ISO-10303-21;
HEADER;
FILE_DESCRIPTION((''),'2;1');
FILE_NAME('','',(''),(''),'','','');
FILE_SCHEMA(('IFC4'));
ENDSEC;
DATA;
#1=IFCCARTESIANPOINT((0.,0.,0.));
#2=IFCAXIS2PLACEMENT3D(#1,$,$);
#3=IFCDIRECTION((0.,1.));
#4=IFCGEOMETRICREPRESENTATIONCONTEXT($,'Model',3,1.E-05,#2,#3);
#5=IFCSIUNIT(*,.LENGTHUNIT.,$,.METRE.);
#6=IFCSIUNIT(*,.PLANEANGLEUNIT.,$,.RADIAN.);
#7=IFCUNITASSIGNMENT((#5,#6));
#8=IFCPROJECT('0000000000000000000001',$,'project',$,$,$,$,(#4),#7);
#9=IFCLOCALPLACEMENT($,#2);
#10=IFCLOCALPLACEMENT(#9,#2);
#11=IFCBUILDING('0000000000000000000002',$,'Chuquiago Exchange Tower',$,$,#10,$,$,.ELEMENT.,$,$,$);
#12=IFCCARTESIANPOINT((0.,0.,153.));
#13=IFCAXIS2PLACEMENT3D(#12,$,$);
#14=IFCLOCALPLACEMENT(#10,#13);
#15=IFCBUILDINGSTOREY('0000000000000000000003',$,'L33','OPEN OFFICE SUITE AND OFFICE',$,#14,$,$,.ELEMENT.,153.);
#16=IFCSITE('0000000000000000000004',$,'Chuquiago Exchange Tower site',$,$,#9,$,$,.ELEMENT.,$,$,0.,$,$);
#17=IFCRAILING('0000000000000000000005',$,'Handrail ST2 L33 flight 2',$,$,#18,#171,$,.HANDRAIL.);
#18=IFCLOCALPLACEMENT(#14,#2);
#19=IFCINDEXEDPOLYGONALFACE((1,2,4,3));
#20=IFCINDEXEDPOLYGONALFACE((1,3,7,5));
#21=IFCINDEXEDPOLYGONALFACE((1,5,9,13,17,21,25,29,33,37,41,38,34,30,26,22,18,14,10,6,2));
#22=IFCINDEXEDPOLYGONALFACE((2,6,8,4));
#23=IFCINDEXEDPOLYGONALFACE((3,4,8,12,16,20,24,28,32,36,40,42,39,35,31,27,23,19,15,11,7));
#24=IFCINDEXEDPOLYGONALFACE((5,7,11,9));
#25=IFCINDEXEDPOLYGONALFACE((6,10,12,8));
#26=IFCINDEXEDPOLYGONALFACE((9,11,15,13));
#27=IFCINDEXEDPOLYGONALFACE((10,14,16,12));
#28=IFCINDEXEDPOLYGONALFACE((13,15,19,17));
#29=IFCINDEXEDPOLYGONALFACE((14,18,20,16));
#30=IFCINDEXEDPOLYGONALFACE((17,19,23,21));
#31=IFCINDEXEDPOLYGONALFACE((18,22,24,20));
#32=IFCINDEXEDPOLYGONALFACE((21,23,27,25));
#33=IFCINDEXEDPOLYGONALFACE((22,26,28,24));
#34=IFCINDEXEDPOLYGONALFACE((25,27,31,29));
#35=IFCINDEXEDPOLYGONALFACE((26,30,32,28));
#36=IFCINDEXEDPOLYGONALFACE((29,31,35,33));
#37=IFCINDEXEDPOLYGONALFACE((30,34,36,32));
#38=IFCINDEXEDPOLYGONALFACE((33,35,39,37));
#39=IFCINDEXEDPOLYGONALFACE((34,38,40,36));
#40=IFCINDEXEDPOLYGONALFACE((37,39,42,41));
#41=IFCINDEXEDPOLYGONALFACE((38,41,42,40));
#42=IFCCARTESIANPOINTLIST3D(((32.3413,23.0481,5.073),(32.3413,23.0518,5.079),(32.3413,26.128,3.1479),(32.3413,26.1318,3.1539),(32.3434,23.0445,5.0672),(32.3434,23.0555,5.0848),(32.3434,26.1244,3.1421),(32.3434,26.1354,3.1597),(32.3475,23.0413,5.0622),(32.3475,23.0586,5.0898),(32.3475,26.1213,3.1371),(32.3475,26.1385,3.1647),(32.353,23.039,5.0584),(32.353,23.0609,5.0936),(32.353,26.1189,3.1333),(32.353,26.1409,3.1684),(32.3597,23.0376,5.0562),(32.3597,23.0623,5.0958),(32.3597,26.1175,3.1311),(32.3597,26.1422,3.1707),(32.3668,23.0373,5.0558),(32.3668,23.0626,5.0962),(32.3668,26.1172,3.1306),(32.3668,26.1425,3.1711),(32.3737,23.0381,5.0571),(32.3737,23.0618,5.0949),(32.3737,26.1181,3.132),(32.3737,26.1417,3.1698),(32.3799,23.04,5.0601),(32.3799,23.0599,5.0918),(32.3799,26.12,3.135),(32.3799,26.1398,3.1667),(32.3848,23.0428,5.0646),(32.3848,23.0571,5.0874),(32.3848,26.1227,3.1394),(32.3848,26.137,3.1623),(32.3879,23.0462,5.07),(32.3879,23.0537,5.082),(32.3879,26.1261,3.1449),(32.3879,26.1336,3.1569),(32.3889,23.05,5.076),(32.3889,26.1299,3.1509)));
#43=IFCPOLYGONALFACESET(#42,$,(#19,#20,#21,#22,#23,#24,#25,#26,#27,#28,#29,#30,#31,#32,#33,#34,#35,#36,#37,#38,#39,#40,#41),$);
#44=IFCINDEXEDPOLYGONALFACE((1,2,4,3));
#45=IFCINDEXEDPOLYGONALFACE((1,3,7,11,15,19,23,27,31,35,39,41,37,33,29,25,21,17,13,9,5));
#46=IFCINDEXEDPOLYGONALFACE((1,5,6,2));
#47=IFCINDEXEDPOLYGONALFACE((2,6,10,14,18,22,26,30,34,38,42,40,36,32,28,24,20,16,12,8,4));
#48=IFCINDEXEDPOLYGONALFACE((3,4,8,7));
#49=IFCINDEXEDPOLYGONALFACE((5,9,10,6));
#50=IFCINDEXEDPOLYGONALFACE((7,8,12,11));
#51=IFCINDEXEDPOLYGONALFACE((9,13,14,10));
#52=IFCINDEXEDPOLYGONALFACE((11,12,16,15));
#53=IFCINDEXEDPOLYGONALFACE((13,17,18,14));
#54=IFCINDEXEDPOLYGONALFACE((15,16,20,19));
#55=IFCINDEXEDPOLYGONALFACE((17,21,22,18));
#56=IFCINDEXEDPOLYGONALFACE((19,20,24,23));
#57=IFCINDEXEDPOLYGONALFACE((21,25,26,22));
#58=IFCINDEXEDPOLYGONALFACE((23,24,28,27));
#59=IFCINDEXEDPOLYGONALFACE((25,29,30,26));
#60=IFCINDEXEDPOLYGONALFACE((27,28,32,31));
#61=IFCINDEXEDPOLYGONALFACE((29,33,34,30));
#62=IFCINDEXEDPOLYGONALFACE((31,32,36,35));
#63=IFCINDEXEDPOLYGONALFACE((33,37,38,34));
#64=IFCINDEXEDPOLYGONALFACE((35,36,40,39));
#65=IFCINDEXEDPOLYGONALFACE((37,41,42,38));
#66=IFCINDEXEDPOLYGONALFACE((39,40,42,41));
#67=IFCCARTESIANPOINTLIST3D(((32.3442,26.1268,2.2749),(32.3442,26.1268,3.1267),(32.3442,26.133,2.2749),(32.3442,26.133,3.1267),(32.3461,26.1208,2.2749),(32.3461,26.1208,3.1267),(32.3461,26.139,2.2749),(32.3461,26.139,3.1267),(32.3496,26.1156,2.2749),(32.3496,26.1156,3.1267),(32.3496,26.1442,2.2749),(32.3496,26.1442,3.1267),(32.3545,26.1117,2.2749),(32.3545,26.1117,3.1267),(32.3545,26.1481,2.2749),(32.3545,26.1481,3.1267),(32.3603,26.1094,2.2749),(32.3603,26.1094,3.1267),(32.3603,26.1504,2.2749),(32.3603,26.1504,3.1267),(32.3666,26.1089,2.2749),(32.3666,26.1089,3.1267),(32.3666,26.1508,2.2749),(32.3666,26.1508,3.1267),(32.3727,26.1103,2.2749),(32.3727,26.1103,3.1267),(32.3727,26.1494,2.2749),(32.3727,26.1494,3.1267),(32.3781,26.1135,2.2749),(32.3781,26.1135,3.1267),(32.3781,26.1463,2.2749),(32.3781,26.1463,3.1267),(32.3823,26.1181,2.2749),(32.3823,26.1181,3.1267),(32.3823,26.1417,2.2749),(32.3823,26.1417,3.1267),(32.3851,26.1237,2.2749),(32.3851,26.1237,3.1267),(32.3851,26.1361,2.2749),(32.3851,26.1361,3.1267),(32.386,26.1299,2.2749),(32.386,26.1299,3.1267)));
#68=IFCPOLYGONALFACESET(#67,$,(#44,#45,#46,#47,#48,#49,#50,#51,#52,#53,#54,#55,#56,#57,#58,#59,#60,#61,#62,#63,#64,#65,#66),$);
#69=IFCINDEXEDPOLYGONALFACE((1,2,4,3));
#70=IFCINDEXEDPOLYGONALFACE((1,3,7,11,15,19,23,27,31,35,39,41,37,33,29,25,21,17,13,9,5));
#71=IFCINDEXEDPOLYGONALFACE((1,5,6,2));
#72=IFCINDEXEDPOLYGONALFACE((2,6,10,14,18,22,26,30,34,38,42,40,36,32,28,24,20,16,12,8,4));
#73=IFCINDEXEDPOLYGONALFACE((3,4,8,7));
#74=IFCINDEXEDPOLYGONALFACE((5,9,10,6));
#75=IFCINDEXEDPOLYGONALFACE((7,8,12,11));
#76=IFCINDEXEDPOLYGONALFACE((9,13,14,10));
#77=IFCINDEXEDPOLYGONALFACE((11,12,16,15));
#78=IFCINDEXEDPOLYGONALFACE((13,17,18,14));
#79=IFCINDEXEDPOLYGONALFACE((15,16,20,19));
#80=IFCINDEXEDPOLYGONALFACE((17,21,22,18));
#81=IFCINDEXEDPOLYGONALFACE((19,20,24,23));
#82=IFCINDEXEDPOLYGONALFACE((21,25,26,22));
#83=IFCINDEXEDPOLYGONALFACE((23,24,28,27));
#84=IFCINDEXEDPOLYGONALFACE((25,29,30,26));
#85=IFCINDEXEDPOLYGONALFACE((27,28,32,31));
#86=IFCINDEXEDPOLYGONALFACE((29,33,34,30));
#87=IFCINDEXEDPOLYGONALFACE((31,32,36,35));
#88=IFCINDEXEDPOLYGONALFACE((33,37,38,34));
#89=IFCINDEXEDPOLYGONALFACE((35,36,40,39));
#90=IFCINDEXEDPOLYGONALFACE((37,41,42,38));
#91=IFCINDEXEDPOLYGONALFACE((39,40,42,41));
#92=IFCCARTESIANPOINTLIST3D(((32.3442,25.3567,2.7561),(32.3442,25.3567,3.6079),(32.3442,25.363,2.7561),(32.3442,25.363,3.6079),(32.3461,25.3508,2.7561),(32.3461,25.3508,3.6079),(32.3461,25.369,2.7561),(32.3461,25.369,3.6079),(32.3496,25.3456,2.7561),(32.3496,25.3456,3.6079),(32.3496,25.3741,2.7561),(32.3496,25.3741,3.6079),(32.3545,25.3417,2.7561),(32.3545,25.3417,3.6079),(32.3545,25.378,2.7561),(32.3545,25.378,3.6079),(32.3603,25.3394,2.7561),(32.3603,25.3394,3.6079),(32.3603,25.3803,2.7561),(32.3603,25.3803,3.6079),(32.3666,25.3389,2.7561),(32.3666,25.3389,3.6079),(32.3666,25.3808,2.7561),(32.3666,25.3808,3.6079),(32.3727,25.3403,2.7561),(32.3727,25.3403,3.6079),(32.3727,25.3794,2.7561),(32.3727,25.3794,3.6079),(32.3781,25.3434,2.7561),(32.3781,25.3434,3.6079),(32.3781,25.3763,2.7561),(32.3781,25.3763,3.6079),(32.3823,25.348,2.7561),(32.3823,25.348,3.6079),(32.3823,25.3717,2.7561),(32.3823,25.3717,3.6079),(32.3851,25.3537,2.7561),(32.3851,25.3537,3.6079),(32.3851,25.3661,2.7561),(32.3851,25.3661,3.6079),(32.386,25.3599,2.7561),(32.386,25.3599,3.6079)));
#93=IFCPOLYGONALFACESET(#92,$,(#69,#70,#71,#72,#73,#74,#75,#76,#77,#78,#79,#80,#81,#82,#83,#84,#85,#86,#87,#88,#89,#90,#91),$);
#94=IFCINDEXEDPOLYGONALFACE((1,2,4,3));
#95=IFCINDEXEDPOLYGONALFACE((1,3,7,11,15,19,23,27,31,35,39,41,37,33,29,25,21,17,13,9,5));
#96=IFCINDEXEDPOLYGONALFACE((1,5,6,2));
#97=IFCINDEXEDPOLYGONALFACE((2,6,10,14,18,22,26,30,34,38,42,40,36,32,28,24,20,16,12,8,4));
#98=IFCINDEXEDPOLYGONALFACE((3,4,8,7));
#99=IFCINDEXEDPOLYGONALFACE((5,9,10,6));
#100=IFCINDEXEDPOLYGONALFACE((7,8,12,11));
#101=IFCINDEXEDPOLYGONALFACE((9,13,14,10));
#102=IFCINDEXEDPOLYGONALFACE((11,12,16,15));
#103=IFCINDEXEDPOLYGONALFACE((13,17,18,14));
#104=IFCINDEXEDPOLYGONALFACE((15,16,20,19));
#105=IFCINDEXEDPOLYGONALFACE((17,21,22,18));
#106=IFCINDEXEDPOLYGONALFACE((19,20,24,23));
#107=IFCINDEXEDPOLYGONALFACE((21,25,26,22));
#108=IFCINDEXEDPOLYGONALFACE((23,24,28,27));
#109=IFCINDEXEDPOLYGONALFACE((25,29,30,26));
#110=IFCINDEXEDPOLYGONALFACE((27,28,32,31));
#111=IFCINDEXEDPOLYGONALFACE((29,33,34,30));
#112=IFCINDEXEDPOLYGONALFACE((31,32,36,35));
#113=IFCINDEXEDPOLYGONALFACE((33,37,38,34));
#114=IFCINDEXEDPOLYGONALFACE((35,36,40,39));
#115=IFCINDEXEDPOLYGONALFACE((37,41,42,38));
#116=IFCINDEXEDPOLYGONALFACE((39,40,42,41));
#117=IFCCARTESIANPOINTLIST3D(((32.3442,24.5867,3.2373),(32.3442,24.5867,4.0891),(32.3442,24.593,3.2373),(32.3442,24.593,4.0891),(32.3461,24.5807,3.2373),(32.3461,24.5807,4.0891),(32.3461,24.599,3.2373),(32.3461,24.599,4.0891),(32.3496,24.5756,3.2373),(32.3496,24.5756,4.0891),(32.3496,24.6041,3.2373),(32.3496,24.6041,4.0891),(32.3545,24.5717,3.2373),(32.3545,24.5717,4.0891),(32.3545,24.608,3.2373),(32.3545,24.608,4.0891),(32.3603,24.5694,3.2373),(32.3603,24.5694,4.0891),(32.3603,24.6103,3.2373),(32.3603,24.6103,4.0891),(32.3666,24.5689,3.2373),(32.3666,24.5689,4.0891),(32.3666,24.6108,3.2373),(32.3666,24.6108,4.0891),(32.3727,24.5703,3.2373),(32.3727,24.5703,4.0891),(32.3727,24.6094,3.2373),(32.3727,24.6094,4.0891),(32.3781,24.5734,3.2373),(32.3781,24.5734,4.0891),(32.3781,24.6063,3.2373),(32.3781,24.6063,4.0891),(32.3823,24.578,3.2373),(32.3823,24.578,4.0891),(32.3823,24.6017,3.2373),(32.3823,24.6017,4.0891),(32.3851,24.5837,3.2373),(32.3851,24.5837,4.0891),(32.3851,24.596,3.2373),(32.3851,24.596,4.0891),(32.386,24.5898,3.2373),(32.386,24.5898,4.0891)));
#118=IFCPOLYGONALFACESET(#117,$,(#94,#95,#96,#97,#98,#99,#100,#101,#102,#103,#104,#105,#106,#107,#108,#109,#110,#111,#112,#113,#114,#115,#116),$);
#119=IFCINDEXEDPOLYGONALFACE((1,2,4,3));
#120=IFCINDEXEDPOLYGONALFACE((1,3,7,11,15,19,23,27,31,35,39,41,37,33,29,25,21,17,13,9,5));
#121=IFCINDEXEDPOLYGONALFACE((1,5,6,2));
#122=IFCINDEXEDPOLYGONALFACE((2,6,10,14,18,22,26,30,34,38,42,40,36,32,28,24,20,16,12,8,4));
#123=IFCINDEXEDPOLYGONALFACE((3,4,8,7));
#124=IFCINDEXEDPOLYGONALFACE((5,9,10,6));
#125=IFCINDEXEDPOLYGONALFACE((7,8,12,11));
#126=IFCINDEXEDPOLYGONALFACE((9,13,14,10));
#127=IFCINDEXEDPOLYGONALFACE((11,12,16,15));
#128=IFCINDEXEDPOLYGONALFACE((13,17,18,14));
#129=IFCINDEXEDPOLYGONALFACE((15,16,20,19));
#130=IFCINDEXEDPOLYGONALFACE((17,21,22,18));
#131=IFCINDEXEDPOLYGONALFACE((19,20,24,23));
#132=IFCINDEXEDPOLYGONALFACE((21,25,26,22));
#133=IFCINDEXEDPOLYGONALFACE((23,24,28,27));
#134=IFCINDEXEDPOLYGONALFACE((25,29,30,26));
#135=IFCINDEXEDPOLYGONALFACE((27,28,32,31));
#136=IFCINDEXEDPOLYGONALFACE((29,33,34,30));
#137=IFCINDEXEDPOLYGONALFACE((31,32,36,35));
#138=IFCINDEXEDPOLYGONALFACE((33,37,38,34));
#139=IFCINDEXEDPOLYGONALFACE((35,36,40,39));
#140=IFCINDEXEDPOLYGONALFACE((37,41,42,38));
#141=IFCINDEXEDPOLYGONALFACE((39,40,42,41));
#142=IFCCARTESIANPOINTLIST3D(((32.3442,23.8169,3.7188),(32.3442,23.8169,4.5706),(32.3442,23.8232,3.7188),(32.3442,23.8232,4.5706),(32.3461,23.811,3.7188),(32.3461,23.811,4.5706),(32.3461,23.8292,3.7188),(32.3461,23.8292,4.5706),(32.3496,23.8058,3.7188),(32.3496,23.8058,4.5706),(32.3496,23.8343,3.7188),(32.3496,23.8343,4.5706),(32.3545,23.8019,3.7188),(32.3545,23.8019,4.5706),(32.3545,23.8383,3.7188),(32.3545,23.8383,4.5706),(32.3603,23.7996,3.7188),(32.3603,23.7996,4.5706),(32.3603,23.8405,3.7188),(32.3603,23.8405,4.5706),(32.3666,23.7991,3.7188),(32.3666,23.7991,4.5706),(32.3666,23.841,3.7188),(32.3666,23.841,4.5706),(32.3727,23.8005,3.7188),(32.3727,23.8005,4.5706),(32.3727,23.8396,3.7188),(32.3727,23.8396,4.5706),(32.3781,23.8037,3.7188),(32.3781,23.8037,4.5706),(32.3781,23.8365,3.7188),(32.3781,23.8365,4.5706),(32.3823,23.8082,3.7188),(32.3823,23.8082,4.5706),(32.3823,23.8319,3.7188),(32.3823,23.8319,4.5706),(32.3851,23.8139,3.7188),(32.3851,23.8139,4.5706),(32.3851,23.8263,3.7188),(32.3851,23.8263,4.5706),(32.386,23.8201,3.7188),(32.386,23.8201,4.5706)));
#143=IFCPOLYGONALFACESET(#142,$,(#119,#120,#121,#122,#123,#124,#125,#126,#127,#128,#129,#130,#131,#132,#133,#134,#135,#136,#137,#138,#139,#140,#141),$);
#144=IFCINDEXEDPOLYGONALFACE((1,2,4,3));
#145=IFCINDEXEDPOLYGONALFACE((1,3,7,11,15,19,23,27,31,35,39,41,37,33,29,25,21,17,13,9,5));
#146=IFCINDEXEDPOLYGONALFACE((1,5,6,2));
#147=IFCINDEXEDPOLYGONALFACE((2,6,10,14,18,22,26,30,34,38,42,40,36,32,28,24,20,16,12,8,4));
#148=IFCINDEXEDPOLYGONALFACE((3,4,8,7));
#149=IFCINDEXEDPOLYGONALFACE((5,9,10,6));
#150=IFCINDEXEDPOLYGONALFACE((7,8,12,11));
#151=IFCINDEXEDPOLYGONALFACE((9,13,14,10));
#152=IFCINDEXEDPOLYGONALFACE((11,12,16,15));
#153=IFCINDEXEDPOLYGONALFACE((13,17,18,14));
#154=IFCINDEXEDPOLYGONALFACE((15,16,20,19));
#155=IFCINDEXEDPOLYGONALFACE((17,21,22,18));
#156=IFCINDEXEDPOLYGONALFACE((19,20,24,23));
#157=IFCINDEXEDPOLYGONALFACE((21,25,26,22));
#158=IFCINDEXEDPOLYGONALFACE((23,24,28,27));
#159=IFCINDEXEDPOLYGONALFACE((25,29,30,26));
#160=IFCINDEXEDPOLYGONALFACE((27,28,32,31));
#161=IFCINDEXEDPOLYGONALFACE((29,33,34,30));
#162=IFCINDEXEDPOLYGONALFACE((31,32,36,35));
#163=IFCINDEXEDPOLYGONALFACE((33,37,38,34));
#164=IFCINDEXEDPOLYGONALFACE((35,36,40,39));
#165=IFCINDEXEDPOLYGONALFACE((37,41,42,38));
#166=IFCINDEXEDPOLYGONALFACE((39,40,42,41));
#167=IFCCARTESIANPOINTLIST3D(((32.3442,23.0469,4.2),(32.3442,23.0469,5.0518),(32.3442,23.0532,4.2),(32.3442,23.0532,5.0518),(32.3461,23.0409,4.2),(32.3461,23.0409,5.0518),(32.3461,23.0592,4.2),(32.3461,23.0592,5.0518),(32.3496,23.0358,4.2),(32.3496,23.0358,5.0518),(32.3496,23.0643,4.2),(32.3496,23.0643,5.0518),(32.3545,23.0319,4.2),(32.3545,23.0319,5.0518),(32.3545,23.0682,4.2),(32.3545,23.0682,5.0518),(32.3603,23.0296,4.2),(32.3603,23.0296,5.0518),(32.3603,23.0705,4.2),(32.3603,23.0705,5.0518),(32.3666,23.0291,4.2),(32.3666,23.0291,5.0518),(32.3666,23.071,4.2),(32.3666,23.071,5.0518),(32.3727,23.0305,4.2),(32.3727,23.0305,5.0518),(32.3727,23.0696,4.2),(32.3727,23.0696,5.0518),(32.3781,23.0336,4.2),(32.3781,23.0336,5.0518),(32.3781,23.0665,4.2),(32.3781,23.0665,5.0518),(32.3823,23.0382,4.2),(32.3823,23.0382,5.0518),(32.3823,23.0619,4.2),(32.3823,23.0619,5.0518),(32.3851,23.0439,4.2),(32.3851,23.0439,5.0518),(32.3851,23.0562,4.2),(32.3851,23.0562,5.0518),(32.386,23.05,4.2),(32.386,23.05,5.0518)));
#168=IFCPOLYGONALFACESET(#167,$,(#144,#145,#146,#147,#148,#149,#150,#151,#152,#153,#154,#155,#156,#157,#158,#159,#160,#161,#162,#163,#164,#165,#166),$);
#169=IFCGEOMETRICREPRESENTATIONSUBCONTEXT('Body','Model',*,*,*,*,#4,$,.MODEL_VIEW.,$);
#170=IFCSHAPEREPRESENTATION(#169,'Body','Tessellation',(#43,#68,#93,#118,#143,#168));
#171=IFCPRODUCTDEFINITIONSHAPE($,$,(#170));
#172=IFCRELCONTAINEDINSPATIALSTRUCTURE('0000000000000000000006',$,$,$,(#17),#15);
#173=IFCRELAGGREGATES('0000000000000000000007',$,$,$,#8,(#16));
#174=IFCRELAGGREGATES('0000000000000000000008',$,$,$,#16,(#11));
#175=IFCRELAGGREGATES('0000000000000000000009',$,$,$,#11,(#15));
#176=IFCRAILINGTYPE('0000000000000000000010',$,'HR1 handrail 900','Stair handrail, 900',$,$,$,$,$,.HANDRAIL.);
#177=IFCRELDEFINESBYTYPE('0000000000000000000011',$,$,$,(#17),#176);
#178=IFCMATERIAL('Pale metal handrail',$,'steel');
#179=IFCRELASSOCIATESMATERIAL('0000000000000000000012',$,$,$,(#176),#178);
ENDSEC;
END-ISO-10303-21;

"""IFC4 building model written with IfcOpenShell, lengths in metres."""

from ifc_helpers import new_model, si_unit, direction, frame, origin, origin_2d, place, context, subcontext, project, spatial, circle, extrude, material, type_object, element, save


model = new_model("IFC4")

# Units and contexts
model_context = context("Model", 3, precision=1e-05, world=origin(), true_north=direction((0.0, 1.0)))
body_context = subcontext(model_context, "Body", "Model", "MODEL_VIEW")
ifc_project = project(units=[si_unit("LENGTHUNIT", "METRE"), si_unit("PLANEANGLEUNIT", "RADIAN")], contexts=[model_context])

# Site, building, storey
site_placement = place(None, origin())
site = spatial("IfcSite", under=ifc_project, at=site_placement, Name="Chuquiago Exchange Tower site", CompositionType="ELEMENT", RefElevation=0.0)
building_placement = place(site_placement, origin())
building = spatial("IfcBuilding", under=site, at=building_placement, Name="Chuquiago Exchange Tower", CompositionType="ELEMENT")
storey_placement = place(building_placement, frame((0.0, 0.0, 153.0)))
storey = spatial("IfcBuildingStorey", under=building, at=storey_placement, Name="L33", Description="OPEN OFFICE SUITE AND OFFICE", CompositionType="ELEMENT", Elevation=153.0)

# Railing
ifc_material_1 = material(Name="Pale metal handrail", Category="steel")
railing_type_1 = type_object("IfcRailingType", Name="HR1 handrail 900", Description="Stair handrail, 900", PredefinedType="HANDRAIL", material=ifc_material_1)
for number, where, name in (
    (1, (32.365, 26.1299, 2.2749), "Handrail ST2 L33 flight 2"),
):
    element("IfcRailing", number, at=place(storey_placement, frame(where)), inside=storey, type_object=railing_type_1, Name=name, PredefinedType="HANDRAIL", context=body_context, shape_type="SweptSolid", body=[
        extrude(circle(Radius=0.0239, at=origin_2d()), frame((0.0, 0.0, 0.876), z_axis=(0.0, -0.847979, 0.530029), x_axis=(1.0, 0.0, 0.0)), (0.0, 0.0, 1.0), 3.6321),
        extrude(circle(Radius=0.021, at=origin_2d()), origin(), (0.0, 0.0, 1.0), 0.8518),
        extrude(circle(Radius=0.021, at=origin_2d()), frame((0.0, -0.77, 0.4812)), (0.0, 0.0, 1.0), 0.8518),
        extrude(circle(Radius=0.021, at=origin_2d()), frame((0.0, -1.54, 0.9624)), (0.0, 0.0, 1.0), 0.8518),
        extrude(circle(Radius=0.021, at=origin_2d()), frame((0.0, -2.3098, 1.4438)), (0.0, 0.0, 1.0), 0.8518),
        extrude(circle(Radius=0.021, at=origin_2d()), frame((0.0, -3.0798, 1.925)), (0.0, 0.0, 1.0), 0.8518),
    ])

save(model, "model.ifc")
